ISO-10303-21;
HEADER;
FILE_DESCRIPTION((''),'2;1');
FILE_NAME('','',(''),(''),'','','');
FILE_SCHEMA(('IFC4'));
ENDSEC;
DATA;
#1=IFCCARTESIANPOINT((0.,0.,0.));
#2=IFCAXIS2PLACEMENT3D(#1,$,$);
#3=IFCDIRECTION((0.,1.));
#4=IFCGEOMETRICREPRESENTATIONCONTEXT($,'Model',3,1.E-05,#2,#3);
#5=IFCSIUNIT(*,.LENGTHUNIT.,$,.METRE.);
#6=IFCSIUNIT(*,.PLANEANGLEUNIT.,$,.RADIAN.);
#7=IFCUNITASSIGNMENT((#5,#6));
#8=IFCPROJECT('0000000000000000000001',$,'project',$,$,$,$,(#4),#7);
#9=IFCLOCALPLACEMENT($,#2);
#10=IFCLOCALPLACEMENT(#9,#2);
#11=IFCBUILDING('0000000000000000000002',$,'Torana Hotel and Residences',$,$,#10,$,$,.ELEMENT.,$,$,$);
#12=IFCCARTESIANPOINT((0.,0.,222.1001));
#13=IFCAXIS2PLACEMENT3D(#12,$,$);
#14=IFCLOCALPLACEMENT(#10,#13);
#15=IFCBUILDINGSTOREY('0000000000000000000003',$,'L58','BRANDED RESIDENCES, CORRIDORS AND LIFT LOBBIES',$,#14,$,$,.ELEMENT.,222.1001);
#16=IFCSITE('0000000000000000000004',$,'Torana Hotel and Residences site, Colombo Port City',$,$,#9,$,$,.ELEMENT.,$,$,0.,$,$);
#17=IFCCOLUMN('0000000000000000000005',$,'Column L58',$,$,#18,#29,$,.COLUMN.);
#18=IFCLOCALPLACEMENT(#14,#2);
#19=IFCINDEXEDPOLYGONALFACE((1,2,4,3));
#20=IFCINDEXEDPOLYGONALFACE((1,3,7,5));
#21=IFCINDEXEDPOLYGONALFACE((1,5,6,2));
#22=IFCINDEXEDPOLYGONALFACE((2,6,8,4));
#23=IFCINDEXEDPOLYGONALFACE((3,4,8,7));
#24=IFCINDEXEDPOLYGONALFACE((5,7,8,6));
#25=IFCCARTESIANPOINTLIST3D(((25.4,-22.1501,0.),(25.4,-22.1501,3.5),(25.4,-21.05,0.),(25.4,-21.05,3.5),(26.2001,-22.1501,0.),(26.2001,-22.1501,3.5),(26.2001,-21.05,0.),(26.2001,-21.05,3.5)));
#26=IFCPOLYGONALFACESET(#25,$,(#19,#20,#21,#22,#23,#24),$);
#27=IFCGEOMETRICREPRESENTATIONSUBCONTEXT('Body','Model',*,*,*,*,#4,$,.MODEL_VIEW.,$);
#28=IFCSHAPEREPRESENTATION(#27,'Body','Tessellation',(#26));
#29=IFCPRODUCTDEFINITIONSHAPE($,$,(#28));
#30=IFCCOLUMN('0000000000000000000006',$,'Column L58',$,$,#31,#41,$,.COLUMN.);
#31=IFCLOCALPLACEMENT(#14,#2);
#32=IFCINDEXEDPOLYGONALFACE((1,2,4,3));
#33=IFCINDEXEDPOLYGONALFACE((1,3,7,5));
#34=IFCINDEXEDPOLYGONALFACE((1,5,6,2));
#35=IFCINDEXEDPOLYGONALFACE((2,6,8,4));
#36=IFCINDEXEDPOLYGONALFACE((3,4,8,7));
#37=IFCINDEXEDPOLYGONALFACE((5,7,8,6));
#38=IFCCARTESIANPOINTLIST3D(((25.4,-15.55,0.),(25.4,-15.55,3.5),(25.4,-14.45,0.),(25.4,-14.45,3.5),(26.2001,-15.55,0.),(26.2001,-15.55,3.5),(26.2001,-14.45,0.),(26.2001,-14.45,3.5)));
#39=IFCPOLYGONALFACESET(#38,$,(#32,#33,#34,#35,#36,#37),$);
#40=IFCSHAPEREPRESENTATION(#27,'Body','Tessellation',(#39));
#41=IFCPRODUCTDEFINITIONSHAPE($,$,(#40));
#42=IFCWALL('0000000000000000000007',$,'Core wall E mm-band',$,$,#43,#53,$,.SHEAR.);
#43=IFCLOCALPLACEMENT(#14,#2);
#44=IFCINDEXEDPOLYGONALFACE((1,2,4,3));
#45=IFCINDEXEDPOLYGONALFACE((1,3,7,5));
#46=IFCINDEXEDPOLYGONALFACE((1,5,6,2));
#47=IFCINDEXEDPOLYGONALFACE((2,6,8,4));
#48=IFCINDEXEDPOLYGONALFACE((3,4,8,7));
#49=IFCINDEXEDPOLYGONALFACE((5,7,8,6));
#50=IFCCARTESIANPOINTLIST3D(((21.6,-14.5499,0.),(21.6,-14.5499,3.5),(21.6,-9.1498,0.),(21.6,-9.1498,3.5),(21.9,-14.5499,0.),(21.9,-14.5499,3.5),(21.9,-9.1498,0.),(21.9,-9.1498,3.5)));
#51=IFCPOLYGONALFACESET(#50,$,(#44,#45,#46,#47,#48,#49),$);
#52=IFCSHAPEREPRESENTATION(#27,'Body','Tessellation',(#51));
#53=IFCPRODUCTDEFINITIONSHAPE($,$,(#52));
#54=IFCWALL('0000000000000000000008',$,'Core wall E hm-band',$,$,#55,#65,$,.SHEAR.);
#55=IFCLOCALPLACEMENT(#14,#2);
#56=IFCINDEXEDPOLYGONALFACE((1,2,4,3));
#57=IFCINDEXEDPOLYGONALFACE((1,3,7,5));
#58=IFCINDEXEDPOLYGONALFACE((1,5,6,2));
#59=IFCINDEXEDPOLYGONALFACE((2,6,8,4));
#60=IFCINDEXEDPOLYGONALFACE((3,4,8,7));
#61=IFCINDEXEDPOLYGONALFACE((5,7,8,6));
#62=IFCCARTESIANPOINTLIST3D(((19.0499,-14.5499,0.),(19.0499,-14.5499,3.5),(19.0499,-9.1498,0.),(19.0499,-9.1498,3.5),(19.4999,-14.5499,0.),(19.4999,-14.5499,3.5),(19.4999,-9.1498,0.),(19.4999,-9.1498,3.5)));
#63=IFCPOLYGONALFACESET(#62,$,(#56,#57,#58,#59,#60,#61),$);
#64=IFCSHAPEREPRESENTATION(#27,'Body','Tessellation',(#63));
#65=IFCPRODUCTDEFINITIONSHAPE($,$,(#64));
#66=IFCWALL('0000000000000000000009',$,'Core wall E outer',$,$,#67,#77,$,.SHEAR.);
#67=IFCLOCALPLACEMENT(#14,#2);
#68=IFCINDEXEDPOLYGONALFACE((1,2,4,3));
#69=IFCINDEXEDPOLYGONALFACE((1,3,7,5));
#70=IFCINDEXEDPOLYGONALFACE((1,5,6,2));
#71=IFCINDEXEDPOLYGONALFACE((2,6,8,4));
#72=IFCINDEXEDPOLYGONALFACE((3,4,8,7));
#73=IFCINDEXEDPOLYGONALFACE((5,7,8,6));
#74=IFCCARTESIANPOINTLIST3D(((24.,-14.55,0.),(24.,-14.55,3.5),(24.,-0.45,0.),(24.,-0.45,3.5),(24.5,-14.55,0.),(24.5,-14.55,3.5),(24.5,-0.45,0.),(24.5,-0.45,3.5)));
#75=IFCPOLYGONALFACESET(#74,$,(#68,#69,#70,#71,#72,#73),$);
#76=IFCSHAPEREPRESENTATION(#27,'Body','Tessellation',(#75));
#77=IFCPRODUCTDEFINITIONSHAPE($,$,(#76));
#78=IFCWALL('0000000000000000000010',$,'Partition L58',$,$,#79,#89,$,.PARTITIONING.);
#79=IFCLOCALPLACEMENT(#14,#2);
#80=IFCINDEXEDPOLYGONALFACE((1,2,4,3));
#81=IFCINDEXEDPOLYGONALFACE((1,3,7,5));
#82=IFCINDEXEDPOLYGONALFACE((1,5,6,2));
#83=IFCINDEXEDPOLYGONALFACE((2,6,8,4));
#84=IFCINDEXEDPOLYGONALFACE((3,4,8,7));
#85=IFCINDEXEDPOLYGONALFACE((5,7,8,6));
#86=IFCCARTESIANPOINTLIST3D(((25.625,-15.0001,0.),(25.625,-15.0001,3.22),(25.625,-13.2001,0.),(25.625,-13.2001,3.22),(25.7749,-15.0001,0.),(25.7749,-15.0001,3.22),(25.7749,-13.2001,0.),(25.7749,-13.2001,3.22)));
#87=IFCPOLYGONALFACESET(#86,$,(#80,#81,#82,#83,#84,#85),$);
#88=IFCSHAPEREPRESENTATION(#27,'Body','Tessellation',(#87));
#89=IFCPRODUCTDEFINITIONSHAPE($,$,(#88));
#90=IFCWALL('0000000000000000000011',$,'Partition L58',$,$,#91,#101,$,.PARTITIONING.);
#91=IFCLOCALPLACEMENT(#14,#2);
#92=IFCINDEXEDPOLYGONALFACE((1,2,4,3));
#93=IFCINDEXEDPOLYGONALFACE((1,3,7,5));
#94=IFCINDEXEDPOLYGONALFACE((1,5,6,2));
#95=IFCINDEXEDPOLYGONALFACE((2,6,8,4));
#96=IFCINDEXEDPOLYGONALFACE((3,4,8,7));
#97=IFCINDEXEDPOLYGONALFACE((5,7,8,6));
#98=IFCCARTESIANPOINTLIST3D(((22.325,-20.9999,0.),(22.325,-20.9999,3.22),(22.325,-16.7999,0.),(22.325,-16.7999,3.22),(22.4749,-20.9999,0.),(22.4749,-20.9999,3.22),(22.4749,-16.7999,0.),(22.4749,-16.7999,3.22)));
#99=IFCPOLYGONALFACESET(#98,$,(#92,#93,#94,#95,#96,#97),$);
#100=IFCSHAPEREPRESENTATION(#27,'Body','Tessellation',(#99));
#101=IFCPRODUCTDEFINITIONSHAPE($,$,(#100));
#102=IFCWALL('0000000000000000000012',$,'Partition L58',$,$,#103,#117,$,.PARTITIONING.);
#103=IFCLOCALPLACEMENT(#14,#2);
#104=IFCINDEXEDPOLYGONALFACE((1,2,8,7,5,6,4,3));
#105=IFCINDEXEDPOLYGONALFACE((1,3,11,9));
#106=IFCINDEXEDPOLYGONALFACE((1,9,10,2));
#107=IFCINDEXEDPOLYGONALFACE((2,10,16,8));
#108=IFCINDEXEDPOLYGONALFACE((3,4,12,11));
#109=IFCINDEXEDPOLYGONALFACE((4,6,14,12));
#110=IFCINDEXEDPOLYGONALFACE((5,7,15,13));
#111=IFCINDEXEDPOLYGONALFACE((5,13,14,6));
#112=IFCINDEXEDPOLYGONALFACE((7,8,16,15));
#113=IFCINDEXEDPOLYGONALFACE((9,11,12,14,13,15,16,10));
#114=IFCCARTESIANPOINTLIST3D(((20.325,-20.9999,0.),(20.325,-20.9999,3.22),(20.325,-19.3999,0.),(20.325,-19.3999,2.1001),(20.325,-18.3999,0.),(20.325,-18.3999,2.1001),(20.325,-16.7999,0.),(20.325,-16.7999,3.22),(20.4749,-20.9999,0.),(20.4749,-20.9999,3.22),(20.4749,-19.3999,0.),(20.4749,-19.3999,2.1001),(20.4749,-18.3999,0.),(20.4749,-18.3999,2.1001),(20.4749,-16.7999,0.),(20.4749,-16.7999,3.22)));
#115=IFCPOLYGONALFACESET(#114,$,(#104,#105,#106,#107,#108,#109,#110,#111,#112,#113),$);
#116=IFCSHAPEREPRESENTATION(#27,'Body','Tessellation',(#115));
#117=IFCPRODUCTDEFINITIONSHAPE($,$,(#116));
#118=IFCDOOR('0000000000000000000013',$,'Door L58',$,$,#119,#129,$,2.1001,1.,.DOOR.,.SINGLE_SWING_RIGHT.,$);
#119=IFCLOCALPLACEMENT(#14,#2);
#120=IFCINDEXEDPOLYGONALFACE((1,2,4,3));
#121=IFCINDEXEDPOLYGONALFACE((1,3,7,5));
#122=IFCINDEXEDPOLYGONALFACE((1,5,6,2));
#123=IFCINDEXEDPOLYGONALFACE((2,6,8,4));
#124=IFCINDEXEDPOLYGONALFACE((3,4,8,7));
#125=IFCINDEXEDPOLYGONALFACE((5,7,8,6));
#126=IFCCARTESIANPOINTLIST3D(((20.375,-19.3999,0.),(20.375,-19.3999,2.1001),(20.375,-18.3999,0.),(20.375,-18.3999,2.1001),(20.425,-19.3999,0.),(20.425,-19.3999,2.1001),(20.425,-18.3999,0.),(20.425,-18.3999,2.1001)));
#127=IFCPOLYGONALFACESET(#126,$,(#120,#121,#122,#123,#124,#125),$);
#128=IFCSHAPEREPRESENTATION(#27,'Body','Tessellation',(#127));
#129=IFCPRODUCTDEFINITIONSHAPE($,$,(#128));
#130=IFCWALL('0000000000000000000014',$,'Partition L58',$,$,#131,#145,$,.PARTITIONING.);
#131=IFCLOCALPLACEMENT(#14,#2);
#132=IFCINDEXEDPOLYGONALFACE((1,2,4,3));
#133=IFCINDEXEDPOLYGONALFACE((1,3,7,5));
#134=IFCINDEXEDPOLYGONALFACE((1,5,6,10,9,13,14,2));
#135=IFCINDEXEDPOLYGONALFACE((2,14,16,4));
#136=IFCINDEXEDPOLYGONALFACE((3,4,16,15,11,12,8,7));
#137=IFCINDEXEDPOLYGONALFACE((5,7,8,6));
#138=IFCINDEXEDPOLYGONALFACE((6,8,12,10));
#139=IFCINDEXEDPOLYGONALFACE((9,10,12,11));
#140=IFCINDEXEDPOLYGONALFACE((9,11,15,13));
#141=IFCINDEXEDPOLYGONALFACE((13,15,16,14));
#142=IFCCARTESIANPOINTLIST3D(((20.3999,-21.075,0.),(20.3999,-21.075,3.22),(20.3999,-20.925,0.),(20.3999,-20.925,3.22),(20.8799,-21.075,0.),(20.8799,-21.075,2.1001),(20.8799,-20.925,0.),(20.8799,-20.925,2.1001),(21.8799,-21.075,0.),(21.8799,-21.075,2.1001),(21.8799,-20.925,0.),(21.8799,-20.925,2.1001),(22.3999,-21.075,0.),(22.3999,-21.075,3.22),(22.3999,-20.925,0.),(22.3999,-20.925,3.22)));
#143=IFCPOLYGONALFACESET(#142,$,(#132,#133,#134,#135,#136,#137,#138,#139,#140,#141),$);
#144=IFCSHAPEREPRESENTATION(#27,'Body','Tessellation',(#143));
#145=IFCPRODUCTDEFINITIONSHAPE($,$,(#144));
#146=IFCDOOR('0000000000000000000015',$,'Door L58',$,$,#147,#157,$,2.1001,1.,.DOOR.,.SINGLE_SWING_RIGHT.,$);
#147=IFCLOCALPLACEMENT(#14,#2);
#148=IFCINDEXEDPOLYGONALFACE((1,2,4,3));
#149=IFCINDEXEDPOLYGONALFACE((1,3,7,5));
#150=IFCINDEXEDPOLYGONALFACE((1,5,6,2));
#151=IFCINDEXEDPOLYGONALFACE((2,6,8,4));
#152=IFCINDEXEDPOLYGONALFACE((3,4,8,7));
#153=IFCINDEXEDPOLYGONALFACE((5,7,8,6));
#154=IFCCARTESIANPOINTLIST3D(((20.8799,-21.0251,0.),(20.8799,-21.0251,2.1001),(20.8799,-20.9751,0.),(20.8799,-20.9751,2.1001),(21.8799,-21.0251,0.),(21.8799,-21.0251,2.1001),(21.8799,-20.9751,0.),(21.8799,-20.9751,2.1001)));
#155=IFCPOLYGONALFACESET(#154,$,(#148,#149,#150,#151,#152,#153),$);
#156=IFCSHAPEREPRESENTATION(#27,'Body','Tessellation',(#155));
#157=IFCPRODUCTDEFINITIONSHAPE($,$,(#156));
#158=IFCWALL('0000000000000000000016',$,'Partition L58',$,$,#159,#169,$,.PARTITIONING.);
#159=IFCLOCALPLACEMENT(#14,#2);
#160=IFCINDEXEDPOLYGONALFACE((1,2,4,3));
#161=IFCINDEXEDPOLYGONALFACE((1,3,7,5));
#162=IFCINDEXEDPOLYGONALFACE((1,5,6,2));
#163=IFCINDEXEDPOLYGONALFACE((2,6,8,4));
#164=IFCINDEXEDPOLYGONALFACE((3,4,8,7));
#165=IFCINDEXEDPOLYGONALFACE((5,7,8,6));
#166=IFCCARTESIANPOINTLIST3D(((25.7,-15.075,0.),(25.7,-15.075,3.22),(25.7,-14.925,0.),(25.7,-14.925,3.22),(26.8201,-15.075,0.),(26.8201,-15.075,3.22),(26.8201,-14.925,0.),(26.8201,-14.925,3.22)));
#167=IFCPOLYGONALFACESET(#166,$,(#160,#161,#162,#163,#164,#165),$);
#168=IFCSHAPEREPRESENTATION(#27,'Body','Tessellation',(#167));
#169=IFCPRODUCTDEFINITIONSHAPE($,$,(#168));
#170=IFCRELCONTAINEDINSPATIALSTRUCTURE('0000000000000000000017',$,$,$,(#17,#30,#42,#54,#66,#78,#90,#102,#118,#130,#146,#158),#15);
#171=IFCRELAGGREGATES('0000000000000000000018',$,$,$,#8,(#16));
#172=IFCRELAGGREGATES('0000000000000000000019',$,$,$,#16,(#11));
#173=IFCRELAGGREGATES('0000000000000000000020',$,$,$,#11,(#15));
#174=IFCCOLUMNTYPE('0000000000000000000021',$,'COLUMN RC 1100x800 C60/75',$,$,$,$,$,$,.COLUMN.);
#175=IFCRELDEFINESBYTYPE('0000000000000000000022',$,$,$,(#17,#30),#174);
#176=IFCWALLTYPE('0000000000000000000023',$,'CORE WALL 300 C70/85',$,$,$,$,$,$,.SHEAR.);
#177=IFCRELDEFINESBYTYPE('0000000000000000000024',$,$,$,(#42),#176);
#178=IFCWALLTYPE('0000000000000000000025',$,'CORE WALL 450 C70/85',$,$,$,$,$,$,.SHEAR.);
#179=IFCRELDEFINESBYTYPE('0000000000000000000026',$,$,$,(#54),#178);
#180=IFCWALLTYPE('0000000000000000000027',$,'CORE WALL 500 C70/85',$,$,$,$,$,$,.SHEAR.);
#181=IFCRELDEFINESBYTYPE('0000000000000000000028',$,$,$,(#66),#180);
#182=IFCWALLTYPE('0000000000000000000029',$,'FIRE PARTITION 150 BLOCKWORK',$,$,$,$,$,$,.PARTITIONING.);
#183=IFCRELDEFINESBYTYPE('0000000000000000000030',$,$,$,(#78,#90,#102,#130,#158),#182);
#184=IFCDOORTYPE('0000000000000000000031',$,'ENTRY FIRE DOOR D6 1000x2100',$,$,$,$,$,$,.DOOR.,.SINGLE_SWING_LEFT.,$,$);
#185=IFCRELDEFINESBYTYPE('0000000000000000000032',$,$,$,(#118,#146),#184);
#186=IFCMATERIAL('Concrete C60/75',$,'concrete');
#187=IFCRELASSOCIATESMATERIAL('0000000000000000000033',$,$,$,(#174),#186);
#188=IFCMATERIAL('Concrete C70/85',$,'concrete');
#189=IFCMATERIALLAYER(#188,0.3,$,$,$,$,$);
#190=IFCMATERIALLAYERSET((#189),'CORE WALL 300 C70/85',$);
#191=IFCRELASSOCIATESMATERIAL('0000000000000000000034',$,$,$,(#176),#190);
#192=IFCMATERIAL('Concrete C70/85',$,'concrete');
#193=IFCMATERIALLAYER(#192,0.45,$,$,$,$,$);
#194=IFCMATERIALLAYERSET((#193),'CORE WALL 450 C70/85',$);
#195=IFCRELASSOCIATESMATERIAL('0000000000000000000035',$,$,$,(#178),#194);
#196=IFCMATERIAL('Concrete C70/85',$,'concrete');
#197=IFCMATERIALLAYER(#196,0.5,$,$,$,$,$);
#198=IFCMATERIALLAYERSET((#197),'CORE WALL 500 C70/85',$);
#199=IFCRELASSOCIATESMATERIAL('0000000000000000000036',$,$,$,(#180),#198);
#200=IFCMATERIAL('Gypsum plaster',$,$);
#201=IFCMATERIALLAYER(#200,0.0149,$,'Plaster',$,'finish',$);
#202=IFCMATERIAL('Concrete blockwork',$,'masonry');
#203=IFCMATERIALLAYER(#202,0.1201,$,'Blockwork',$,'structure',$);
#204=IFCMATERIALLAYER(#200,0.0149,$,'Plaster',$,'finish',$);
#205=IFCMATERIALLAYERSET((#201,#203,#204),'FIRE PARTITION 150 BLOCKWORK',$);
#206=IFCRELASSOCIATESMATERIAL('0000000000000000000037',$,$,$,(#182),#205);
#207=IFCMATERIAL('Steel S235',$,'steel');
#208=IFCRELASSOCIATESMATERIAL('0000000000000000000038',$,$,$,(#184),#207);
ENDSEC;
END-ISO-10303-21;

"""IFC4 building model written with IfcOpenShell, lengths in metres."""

from ifc_helpers import new_model, si_unit, direction, frame, frame_2d, origin, origin_2d, place, context, subcontext, project, spatial, rectangle, extrude, material, layer, layer_set, material_profile, profile_set, type_object, element, fill, save


model = new_model("IFC4")

# Units and contexts
model_context = context("Model", 3, precision=1e-05, world=origin(), true_north=direction((0.0, 1.0)))
body_context = subcontext(model_context, "Body", "Model", "MODEL_VIEW")
ifc_project = project(units=[si_unit("LENGTHUNIT", "METRE"), si_unit("PLANEANGLEUNIT", "RADIAN")], contexts=[model_context])

# Site, building, storey
site_placement = place(None, origin())
site = spatial("IfcSite", under=ifc_project, at=site_placement, Name="Torana Hotel and Residences site, Colombo Port City", CompositionType="ELEMENT", RefElevation=0.0)
building_placement = place(site_placement, origin())
building = spatial("IfcBuilding", under=site, at=building_placement, Name="Torana Hotel and Residences", CompositionType="ELEMENT")
storey_placement = place(building_placement, frame((0.0, 0.0, 222.1001)))
storey = spatial("IfcBuildingStorey", under=building, at=storey_placement, Name="L58", Description="BRANDED RESIDENCES, CORRIDORS AND LIFT LOBBIES", CompositionType="ELEMENT", Elevation=222.1001)

# Columns
ifc_material_1 = material(Name="Concrete C60/75", Category="concrete")
ifc_material_profile = material_profile(ifc_material_1, rectangle(XDim=1.1001, YDim=0.8, at=origin_2d()), Name="RC 1100x800")
ifc_profile_set = profile_set([ifc_material_profile], Name="Concrete C60/75")
column_type = type_object("IfcColumnType", Name="COLUMN RC 1100x800 C60/75", PredefinedType="COLUMN", material=ifc_profile_set)
for number, where, z_axis, x_axis, name in (
    (1, (25.8, -21.6001, 0.0), (0.0, 0.0, 1.0), (0.0, 1.0, 0.0), "Column L58"),
    (2, (25.8, -15.0, 0.0), (0.0, 0.0, 1.0), (0.0, 1.0, 0.0), "Column L58"),
):
    element("IfcColumn", number, at=place(storey_placement, frame(where, z_axis=z_axis, x_axis=x_axis)), inside=storey, type_object=column_type, Name=name, PredefinedType="COLUMN", context=body_context, shape_type="SweptSolid", body=[
        extrude(rectangle(XDim=1.1001, YDim=0.8, at=origin_2d()), origin(), (0.0, 0.0, 1.0), 3.5),
    ])

# Walls
ifc_material_2 = material(Name="Concrete C70/85", Category="concrete")
ifc_layer_1 = layer(ifc_material_2, 0.3)
ifc_layer_set_1 = layer_set([ifc_layer_1], Name="CORE WALL 300 C70/85")
wall_type_1 = type_object("IfcWallType", Name="CORE WALL 300 C70/85", PredefinedType="SHEAR", material=ifc_layer_set_1)
wall_1_placement = place(storey_placement, frame((21.75, -14.55, 0.0), z_axis=(0.0, 0.0, 1.0), x_axis=(0.0, 1.0, 0.0)))
element("IfcWall", 3, at=wall_1_placement, inside=storey, type_object=wall_type_1, Name="Core wall E mm-band", PredefinedType="SHEAR", context=body_context, shape_type="SweptSolid", body=[
    extrude(rectangle(XDim=5.4001, YDim=0.3, at=frame_2d((2.7002, 0.0))), origin(), (0.0, 0.0, 1.0), 3.5),
])
ifc_material_3 = material(Name="Concrete C70/85", Category="concrete")
ifc_layer_2 = layer(ifc_material_3, 0.45)
ifc_layer_set_2 = layer_set([ifc_layer_2], Name="CORE WALL 450 C70/85")
wall_type_2 = type_object("IfcWallType", Name="CORE WALL 450 C70/85", PredefinedType="SHEAR", material=ifc_layer_set_2)
wall_2_placement = place(storey_placement, frame((19.2749, -14.55, 0.0), z_axis=(0.0, 0.0, 1.0), x_axis=(0.0, 1.0, 0.0)))
element("IfcWall", 4, at=wall_2_placement, inside=storey, type_object=wall_type_2, Name="Core wall E hm-band", PredefinedType="SHEAR", context=body_context, shape_type="SweptSolid", body=[
    extrude(rectangle(XDim=5.4001, YDim=0.45, at=frame_2d((2.7002, 0.0))), origin(), (0.0, 0.0, 1.0), 3.5),
])
ifc_material_4 = material(Name="Concrete C70/85", Category="concrete")
ifc_layer_3 = layer(ifc_material_4, 0.5)
ifc_layer_set_3 = layer_set([ifc_layer_3], Name="CORE WALL 500 C70/85")
wall_type_3 = type_object("IfcWallType", Name="CORE WALL 500 C70/85", PredefinedType="SHEAR", material=ifc_layer_set_3)
wall_3_placement = place(storey_placement, frame((24.25, -14.55, 0.0), z_axis=(0.0, 0.0, 1.0), x_axis=(0.0, 1.0, 0.0)))
element("IfcWall", 5, at=wall_3_placement, inside=storey, type_object=wall_type_3, Name="Core wall E outer", PredefinedType="SHEAR", context=body_context, shape_type="SweptSolid", body=[
    extrude(rectangle(XDim=14.1001, YDim=0.5, at=frame_2d((7.05, 0.0))), origin(), (0.0, 0.0, 1.0), 3.5),
])
ifc_material_5 = material(Name="Gypsum plaster")
ifc_layer_4 = layer(ifc_material_5, 0.0149, Name="Plaster", Category="finish")
ifc_material_6 = material(Name="Concrete blockwork", Category="masonry")
ifc_layer_5 = layer(ifc_material_6, 0.1201, Name="Blockwork", Category="structure")
ifc_layer_6 = layer(ifc_material_5, 0.0149, Name="Plaster", Category="finish")
ifc_layer_set_4 = layer_set([ifc_layer_4, ifc_layer_5, ifc_layer_6], Name="FIRE PARTITION 150 BLOCKWORK")
wall_type_4 = type_object("IfcWallType", Name="FIRE PARTITION 150 BLOCKWORK", PredefinedType="PARTITIONING", material=ifc_layer_set_4)
wall_4_placement = place(storey_placement, frame((25.7, -15.0, 0.0), z_axis=(0.0, 0.0, 1.0), x_axis=(0.0, 1.0, 0.0)))
element("IfcWall", 6, at=wall_4_placement, inside=storey, type_object=wall_type_4, Name="Partition L58", PredefinedType="PARTITIONING", context=body_context, shape_type="SweptSolid", body=[
    extrude(rectangle(XDim=1.8, YDim=0.1499, at=frame_2d((0.8999, 0.0))), origin(), (0.0, 0.0, 1.0), 3.22),
])
wall_5_placement = place(storey_placement, frame((22.3999, -21.0, 0.0), z_axis=(0.0, 0.0, 1.0), x_axis=(0.0, 1.0, 0.0)))
element("IfcWall", 7, at=wall_5_placement, inside=storey, type_object=wall_type_4, Name="Partition L58", PredefinedType="PARTITIONING", context=body_context, shape_type="SweptSolid", body=[
    extrude(rectangle(XDim=4.2, YDim=0.1499, at=frame_2d((2.1001, 0.0))), origin(), (0.0, 0.0, 1.0), 3.22),
])

# Walls, openings, doors
wall_6_placement = place(storey_placement, frame((20.3999, -21.0, 0.0), z_axis=(0.0, 0.0, 1.0), x_axis=(0.0, 1.0, 0.0)))
wall_6 = element("IfcWall", 8, at=wall_6_placement, inside=storey, type_object=wall_type_4, Name="Partition L58", PredefinedType="PARTITIONING", context=body_context, shape_type="SweptSolid", body=[
    extrude(rectangle(XDim=4.2, YDim=0.1499, at=frame_2d((2.1001, 0.0))), origin(), (0.0, 0.0, 1.0), 3.22),
])
opening_1_placement = place(wall_6_placement, frame((1.6001, 0.0, 0.0)))
opening_1 = element("IfcOpeningElement", 9, at=opening_1_placement, cuts=wall_6, PredefinedType="OPENING", context=body_context, shape_type="SweptSolid", body=[
    extrude(rectangle(XDim=1.0, YDim=2.1001, at=frame_2d((0.5, 1.05))), frame((0.0, 0.085, 0.0), z_axis=(0.0, -1.0, 0.0), x_axis=(1.0, 0.0, 0.0)), (0.0, 0.0, 1.0), 0.1699),
])
ifc_material_7 = material(Name="Steel S235", Category="steel")
door_type_1 = type_object("IfcDoorType", Name="ENTRY FIRE DOOR D6 1000x2100", OperationType="SINGLE_SWING_LEFT", PredefinedType="DOOR", material=ifc_material_7)
door_1_placement = place(opening_1_placement, origin())
door_1 = element("IfcDoor", 10, at=door_1_placement, inside=storey, type_object=door_type_1, Name="Door L58", OperationType="SINGLE_SWING_RIGHT", OverallHeight=2.1001, OverallWidth=1.0, PredefinedType="DOOR", context=body_context, shape_type="SweptSolid", body=[
    extrude(rectangle(XDim=1.0, YDim=2.1001, at=frame_2d((0.5, 1.05))), frame((0.0, 0.0249, 0.0), z_axis=(0.0, -1.0, 0.0), x_axis=(1.0, 0.0, 0.0)), (0.0, 0.0, 1.0), 0.05),
])
fill(opening_1, door_1)
wall_7_placement = place(storey_placement, frame((20.3999, -21.0, 0.0), z_axis=(0.0, 0.0, 1.0), x_axis=(1.0, 0.0, 0.0)))
wall_7 = element("IfcWall", 11, at=wall_7_placement, inside=storey, type_object=wall_type_4, Name="Partition L58", PredefinedType="PARTITIONING", context=body_context, shape_type="SweptSolid", body=[
    extrude(rectangle(XDim=2.0, YDim=0.1499, at=frame_2d((1.0, 0.0))), origin(), (0.0, 0.0, 1.0), 3.22),
])
opening_2_placement = place(wall_7_placement, frame((0.48, 0.0, 0.0)))
opening_2 = element("IfcOpeningElement", 12, at=opening_2_placement, cuts=wall_7, PredefinedType="OPENING", context=body_context, shape_type="SweptSolid", body=[
    extrude(rectangle(XDim=1.0, YDim=2.1001, at=frame_2d((0.5, 1.05))), frame((0.0, 0.085, 0.0), z_axis=(0.0, -1.0, 0.0), x_axis=(1.0, 0.0, 0.0)), (0.0, 0.0, 1.0), 0.1699),
])
door_2_placement = place(opening_2_placement, frame((0.5, 0.0, 0.0), z_axis=(0.0, 0.0, 1.0), x_axis=(-1.0, 0.0, 0.0)))
door_2 = element("IfcDoor", 13, at=door_2_placement, inside=storey, type_object=door_type_1, Name="Door L58", OperationType="SINGLE_SWING_RIGHT", OverallHeight=2.1001, OverallWidth=1.0, PredefinedType="DOOR", context=body_context, shape_type="SweptSolid", body=[
    extrude(rectangle(XDim=1.0, YDim=2.1001, at=frame_2d((0.0, 1.05))), frame((0.0, -0.0249, 0.0), z_axis=(0.0, 1.0, 0.0), x_axis=(-1.0, 0.0, 0.0)), (0.0, 0.0, 1.0), 0.05),
])
fill(opening_2, door_2)

# Wall
wall_8_placement = place(storey_placement, frame((25.7, -15.0, 0.0), z_axis=(0.0, 0.0, 1.0), x_axis=(1.0, 0.0, 0.0)))
element("IfcWall", 14, at=wall_8_placement, inside=storey, type_object=wall_type_4, Name="Partition L58", PredefinedType="PARTITIONING", context=body_context, shape_type="SweptSolid", body=[
    extrude(rectangle(XDim=1.1201, YDim=0.1499, at=frame_2d((0.5601, 0.0))), origin(), (0.0, 0.0, 1.0), 3.22),
])

save(model, "model.ifc")
